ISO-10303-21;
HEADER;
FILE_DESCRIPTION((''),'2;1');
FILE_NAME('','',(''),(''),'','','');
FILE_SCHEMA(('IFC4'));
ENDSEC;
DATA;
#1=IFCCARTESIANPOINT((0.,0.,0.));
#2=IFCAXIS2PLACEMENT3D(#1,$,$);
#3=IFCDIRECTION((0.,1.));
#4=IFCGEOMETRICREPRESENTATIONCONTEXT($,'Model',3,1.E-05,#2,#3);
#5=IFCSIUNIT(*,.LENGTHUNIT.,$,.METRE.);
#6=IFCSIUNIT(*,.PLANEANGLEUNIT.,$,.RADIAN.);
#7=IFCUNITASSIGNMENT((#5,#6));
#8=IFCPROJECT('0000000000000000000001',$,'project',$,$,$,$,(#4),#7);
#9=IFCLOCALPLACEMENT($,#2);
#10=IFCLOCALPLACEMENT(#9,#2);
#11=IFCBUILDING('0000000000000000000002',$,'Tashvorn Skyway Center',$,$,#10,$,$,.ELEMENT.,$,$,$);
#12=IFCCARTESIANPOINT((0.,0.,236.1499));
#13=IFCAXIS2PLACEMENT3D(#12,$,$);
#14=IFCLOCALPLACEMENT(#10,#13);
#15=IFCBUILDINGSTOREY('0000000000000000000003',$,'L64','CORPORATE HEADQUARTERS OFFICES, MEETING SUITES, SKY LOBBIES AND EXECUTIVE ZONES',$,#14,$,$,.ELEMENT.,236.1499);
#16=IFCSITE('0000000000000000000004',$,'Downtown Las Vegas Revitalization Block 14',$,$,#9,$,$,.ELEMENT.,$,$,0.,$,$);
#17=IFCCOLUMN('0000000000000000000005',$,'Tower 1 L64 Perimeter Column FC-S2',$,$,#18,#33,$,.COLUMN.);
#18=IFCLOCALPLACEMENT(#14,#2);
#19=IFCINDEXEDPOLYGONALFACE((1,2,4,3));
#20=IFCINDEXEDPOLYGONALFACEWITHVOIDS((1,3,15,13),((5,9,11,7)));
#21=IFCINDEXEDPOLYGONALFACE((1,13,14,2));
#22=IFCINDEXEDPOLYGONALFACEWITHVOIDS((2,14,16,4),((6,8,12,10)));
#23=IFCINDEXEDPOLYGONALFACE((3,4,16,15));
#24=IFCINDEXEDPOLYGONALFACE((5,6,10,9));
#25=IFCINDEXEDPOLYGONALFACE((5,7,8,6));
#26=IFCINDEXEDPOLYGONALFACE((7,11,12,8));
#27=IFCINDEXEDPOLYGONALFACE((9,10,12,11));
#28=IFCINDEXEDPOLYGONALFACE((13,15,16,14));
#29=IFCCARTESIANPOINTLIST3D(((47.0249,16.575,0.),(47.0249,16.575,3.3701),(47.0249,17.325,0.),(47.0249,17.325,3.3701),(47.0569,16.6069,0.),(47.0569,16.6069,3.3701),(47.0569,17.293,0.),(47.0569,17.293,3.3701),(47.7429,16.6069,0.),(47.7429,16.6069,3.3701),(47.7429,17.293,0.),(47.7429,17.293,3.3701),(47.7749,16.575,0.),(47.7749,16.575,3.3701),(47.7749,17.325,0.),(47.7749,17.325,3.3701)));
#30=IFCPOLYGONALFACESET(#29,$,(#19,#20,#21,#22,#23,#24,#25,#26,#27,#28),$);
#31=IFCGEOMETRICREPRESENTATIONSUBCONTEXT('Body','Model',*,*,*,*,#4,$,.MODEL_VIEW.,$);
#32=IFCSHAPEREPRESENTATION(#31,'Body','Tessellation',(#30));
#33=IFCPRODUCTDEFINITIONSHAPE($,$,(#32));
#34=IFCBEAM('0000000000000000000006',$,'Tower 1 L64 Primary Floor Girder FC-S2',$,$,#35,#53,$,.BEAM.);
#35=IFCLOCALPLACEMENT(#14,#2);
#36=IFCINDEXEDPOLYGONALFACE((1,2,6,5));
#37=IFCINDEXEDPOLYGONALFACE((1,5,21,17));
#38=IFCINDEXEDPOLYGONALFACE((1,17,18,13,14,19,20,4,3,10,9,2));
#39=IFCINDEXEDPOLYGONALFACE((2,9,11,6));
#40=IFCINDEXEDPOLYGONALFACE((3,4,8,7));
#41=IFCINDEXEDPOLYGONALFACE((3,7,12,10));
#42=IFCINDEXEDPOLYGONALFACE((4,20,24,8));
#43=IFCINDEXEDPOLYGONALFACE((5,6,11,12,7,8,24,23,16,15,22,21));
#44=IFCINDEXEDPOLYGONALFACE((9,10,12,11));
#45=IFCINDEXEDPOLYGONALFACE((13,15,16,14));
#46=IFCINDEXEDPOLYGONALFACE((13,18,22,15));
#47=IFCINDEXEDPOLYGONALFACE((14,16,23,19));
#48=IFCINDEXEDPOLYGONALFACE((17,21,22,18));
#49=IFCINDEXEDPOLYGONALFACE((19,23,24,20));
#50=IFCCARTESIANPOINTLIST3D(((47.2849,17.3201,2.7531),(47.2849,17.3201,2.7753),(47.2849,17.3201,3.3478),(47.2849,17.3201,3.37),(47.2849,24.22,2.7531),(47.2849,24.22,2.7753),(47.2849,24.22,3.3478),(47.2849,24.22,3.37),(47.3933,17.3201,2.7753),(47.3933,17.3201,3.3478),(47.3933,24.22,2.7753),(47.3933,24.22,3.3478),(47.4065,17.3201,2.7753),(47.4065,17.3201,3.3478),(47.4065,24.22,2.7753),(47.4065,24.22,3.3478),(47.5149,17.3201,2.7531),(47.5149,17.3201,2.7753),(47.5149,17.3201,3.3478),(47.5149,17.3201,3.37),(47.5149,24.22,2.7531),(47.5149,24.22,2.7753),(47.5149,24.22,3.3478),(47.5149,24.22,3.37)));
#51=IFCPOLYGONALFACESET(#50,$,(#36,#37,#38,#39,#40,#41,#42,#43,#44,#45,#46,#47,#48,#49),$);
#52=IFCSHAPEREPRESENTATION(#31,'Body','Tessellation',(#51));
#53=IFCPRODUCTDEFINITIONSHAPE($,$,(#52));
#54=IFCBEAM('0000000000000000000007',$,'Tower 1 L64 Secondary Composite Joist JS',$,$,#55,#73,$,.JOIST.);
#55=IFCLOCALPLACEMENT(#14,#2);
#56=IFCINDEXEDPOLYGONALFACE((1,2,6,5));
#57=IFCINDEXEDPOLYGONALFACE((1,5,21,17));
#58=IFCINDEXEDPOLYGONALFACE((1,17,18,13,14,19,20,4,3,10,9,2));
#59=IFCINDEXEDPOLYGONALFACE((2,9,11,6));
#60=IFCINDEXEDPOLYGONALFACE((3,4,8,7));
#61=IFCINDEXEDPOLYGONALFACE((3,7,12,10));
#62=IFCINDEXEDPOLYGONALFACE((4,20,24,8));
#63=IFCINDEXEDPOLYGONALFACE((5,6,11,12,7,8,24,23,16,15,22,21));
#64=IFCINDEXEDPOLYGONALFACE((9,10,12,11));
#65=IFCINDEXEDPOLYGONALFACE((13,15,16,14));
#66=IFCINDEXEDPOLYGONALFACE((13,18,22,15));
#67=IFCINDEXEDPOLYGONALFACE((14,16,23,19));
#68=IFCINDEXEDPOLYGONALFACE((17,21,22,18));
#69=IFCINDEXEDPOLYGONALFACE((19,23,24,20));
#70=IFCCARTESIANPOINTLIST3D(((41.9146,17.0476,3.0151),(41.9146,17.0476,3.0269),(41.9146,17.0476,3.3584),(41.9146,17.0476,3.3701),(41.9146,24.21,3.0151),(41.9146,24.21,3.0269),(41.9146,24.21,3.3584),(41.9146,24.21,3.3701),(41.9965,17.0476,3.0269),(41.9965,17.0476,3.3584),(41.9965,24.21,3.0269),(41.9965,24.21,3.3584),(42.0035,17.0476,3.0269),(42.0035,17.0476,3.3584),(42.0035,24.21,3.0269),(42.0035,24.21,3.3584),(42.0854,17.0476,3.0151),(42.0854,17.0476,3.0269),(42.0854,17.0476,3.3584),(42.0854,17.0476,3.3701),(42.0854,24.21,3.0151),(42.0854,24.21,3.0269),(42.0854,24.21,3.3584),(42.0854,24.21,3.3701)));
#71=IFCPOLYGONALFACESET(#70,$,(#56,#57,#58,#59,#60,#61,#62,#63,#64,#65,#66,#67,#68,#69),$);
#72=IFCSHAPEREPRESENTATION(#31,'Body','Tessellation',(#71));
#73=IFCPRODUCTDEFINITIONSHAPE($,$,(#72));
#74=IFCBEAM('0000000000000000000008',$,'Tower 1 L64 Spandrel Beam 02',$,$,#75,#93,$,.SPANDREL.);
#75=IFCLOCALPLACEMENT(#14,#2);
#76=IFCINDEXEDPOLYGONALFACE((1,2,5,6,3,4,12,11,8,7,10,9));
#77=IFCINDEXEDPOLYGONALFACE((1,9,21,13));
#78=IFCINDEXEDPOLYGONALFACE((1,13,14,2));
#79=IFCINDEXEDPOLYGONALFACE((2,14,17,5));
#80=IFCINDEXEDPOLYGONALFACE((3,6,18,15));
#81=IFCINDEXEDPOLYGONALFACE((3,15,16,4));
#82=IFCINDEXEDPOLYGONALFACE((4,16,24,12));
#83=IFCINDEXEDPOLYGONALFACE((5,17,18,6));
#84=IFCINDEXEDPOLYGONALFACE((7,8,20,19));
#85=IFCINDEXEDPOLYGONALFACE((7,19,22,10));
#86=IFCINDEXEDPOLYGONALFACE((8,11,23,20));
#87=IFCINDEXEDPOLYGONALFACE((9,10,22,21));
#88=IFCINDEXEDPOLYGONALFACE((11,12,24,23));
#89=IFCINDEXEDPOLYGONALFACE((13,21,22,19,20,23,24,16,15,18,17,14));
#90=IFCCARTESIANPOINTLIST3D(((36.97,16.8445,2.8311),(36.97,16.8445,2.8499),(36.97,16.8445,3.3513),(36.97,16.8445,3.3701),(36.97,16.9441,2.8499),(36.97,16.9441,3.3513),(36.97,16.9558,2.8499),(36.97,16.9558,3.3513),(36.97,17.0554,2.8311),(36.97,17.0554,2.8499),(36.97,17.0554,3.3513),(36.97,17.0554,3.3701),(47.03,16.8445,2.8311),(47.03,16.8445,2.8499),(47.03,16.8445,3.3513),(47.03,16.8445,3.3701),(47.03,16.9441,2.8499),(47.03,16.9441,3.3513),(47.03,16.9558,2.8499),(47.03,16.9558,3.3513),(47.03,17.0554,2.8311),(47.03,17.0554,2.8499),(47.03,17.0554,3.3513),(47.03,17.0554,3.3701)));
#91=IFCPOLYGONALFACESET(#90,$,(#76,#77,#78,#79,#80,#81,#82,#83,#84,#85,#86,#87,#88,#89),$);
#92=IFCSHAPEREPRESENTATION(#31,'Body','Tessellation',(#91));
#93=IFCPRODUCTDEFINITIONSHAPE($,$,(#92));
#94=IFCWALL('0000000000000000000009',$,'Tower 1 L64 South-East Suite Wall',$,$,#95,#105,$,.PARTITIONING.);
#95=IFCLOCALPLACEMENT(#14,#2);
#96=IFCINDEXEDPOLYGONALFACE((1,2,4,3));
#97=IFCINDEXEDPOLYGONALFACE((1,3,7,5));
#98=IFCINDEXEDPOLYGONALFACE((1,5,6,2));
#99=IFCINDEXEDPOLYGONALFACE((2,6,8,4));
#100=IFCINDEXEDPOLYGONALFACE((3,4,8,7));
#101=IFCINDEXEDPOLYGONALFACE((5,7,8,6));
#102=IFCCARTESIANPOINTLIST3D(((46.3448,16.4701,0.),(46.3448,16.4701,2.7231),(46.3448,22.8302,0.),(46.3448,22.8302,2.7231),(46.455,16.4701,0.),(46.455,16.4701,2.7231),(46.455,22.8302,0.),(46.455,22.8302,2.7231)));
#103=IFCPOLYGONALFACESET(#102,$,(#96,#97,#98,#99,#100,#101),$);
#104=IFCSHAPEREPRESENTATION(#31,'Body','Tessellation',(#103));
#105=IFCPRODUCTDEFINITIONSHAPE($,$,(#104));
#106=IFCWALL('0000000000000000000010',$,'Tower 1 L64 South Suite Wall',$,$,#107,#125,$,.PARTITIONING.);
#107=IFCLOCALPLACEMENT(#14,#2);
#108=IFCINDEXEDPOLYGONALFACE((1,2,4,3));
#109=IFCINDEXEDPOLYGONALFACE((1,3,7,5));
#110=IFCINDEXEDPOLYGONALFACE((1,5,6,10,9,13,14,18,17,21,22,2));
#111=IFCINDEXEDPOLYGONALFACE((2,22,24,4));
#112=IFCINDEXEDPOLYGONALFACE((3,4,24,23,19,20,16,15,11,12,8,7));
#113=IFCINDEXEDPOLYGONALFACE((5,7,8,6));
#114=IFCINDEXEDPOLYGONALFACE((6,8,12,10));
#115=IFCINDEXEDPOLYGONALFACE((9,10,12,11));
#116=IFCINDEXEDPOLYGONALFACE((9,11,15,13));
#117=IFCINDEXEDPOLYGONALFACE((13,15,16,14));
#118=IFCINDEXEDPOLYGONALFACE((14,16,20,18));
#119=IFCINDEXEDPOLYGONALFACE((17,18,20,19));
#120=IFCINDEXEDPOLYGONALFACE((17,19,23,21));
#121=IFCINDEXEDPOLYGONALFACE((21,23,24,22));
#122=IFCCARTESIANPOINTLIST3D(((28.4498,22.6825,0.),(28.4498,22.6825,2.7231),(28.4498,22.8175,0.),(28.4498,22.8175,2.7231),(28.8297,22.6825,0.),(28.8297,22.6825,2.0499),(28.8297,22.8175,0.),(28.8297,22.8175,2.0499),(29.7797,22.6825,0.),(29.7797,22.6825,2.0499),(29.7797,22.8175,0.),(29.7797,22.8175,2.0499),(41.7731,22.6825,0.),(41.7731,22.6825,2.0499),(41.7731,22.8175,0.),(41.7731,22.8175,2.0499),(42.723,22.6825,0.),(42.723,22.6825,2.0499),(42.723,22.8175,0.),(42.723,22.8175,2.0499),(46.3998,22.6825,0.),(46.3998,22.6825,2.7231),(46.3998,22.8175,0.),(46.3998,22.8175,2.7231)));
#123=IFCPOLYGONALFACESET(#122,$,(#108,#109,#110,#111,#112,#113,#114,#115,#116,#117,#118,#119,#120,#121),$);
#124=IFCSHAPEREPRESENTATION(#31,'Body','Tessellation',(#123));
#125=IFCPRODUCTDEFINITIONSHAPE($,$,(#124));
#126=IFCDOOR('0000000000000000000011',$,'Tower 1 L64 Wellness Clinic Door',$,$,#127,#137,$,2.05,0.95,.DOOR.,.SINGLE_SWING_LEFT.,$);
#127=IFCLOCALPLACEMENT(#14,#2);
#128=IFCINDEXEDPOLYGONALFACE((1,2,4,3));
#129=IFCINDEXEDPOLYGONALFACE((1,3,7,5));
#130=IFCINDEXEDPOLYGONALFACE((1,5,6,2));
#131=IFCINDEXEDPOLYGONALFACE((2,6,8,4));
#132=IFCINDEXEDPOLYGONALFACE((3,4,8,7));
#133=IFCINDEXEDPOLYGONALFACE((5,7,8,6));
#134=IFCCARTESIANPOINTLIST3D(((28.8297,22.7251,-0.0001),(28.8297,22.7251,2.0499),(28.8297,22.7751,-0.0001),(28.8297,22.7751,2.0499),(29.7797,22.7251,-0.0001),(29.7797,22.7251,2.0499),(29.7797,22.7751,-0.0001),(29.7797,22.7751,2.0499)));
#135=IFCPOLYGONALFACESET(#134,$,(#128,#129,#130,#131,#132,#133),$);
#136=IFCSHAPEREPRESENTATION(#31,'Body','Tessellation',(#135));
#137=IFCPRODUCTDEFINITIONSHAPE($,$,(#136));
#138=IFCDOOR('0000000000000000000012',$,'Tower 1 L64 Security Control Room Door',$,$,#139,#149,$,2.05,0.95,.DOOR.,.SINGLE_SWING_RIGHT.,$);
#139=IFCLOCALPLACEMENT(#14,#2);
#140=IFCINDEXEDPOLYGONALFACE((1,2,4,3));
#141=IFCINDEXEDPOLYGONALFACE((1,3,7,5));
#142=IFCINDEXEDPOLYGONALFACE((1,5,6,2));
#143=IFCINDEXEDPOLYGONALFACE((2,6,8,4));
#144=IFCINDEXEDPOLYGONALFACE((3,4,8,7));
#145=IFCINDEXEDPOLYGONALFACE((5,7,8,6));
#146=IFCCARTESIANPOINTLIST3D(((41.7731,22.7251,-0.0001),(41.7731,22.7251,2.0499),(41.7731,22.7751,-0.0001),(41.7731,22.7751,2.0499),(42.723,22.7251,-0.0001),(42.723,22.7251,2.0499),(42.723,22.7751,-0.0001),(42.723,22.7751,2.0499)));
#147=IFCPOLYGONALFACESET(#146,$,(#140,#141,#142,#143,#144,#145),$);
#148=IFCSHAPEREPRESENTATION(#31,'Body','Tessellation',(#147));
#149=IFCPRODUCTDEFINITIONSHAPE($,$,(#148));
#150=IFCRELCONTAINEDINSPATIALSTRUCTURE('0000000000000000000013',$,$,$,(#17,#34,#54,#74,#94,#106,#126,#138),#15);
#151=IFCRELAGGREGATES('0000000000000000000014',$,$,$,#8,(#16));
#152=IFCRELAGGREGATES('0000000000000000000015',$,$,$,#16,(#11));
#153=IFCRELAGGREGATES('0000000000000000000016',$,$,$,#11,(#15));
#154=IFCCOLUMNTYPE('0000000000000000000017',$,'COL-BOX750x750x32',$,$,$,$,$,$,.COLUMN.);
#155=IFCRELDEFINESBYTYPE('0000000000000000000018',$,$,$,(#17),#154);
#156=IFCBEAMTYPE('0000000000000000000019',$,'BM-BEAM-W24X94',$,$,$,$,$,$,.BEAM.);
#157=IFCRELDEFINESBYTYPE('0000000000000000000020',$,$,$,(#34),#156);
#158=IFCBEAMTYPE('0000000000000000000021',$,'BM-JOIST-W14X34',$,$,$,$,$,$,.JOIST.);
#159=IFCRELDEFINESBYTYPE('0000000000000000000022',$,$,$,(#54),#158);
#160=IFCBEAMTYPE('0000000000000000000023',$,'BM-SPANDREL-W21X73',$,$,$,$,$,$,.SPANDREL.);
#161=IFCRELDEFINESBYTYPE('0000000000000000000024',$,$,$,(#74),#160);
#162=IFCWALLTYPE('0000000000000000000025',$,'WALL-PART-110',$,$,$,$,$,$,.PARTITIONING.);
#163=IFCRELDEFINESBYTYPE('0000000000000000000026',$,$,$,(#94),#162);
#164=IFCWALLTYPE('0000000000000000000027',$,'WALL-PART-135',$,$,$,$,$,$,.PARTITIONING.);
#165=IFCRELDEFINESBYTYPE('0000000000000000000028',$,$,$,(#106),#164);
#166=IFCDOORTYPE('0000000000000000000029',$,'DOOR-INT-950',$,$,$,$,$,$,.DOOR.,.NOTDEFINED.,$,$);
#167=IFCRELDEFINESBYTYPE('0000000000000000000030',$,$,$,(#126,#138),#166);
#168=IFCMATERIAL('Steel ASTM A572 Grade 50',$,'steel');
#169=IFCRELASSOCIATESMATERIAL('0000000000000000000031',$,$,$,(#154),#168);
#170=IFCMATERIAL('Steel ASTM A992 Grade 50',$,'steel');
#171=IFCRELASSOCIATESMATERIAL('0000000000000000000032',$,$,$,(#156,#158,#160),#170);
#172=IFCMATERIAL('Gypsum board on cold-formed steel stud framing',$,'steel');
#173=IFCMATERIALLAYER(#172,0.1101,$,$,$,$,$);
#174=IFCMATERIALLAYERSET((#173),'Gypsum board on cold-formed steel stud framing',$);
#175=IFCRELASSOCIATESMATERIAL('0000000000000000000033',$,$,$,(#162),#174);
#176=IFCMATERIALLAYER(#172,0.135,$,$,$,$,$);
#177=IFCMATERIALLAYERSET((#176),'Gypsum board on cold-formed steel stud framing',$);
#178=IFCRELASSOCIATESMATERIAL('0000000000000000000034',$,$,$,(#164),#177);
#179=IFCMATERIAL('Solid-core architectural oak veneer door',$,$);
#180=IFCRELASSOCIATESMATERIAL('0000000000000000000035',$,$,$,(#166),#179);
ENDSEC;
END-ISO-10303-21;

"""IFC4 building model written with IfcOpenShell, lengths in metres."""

from ifc_helpers import new_model, si_unit, direction, frame, frame_2d, origin, origin_2d, place, context, subcontext, project, spatial, rectangle, hollow_rectangle, i_section, extrude, material, layer, layer_set, material_profile, profile_set, type_object, element, fill, save


model = new_model("IFC4")

# Units and contexts
model_context = context("Model", 3, precision=1e-05, world=origin(), true_north=direction((0.0, 1.0)))
body_context = subcontext(model_context, "Body", "Model", "MODEL_VIEW")
ifc_project = project(units=[si_unit("LENGTHUNIT", "METRE"), si_unit("PLANEANGLEUNIT", "RADIAN")], contexts=[model_context])

# Site, building, storey
site_placement = place(None, origin())
site = spatial("IfcSite", under=ifc_project, at=site_placement, Name="Downtown Las Vegas Revitalization Block 14", CompositionType="ELEMENT", RefElevation=0.0)
building_placement = place(site_placement, origin())
building = spatial("IfcBuilding", under=site, at=building_placement, Name="Tashvorn Skyway Center", CompositionType="ELEMENT")
storey_placement = place(building_placement, frame((0.0, 0.0, 236.1499)))
storey = spatial("IfcBuildingStorey", under=building, at=storey_placement, Name="L64", Description="CORPORATE HEADQUARTERS OFFICES, MEETING SUITES, SKY LOBBIES AND EXECUTIVE ZONES", CompositionType="ELEMENT", Elevation=236.1499)

# Column
ifc_material_1 = material(Name="Steel ASTM A572 Grade 50", Category="steel")
ifc_material_profile_1 = material_profile(ifc_material_1, hollow_rectangle(XDim=0.75, YDim=0.75, WallThickness=0.032, at=origin_2d()), Name="BOX750x750x32")
ifc_profile_set_1 = profile_set([ifc_material_profile_1], Name="Steel ASTM A572 Grade 50")
column_type = type_object("IfcColumnType", Name="COL-BOX750x750x32", PredefinedType="COLUMN", material=ifc_profile_set_1)
column_placement = place(storey_placement, frame((47.3999, 16.95, 0.0), z_axis=(0.0, 0.0, 1.0), x_axis=(1.0, 0.0, 0.0)))
element("IfcColumn", 1, at=column_placement, inside=storey, type_object=column_type, Name="Tower 1 L64 Perimeter Column FC-S2", PredefinedType="COLUMN", context=body_context, shape_type="SweptSolid", body=[
    extrude(hollow_rectangle(XDim=0.75, YDim=0.75, WallThickness=0.032, at=origin_2d()), origin(), (0.0, 0.0, 1.0), 3.3701),
])

# Beams
ifc_material_2 = material(Name="Steel ASTM A992 Grade 50", Category="steel")
ifc_material_profile_2 = material_profile(ifc_material_2, i_section(OverallWidth=0.23, OverallDepth=0.6169, WebThickness=0.0132, FlangeThickness=0.0222, at=origin_2d()), Name="W24X94")
ifc_profile_set_2 = profile_set([ifc_material_profile_2], Name="Steel ASTM A992 Grade 50")
beam_type_1 = type_object("IfcBeamType", Name="BM-BEAM-W24X94", PredefinedType="BEAM", material=ifc_profile_set_2)
beam_1_placement = place(storey_placement, frame((47.3999, 17.3201, 3.0615), z_axis=(0.0, 1.0, 0.0), x_axis=(-1.0, 0.0, 0.0)))
element("IfcBeam", 2, at=beam_1_placement, inside=storey, type_object=beam_type_1, Name="Tower 1 L64 Primary Floor Girder FC-S2", PredefinedType="BEAM", context=body_context, shape_type="SweptSolid", body=[
    extrude(i_section(OverallWidth=0.23, OverallDepth=0.6169, WebThickness=0.0132, FlangeThickness=0.0222, at=origin_2d()), origin(), (0.0, 0.0, 1.0), 6.8999),
])
ifc_material_profile_3 = material_profile(ifc_material_2, i_section(OverallWidth=0.1709, OverallDepth=0.355, WebThickness=0.0071, FlangeThickness=0.0117, at=origin_2d()), Name="W14X34")
ifc_profile_set_3 = profile_set([ifc_material_profile_3], Name="Steel ASTM A992 Grade 50")
beam_type_2 = type_object("IfcBeamType", Name="BM-JOIST-W14X34", PredefinedType="JOIST", material=ifc_profile_set_3)
beam_2_placement = place(storey_placement, frame((42.0, 24.21, 3.1926), z_axis=(0.0, -1.0, 0.0), x_axis=(1.0, 0.0, 0.0)))
element("IfcBeam", 3, at=beam_2_placement, inside=storey, type_object=beam_type_2, Name="Tower 1 L64 Secondary Composite Joist JS", PredefinedType="JOIST", context=body_context, shape_type="SweptSolid", body=[
    extrude(i_section(OverallWidth=0.1709, OverallDepth=0.355, WebThickness=0.0071, FlangeThickness=0.0117, at=origin_2d()), origin(), (0.0, 0.0, 1.0), 7.1624),
])
ifc_material_profile_4 = material_profile(ifc_material_2, i_section(OverallWidth=0.2109, OverallDepth=0.5391, WebThickness=0.0117, FlangeThickness=0.0188, at=origin_2d()), Name="W21X73")
ifc_profile_set_4 = profile_set([ifc_material_profile_4], Name="Steel ASTM A992 Grade 50")
beam_type_3 = type_object("IfcBeamType", Name="BM-SPANDREL-W21X73", PredefinedType="SPANDREL", material=ifc_profile_set_4)
beam_3_placement = place(storey_placement, frame((36.97, 16.95, 3.1006), z_axis=(1.0, 0.0, 0.0), x_axis=(0.0, 1.0, 0.0)))
element("IfcBeam", 4, at=beam_3_placement, inside=storey, type_object=beam_type_3, Name="Tower 1 L64 Spandrel Beam 02", PredefinedType="SPANDREL", context=body_context, shape_type="SweptSolid", body=[
    extrude(i_section(OverallWidth=0.2109, OverallDepth=0.5391, WebThickness=0.0117, FlangeThickness=0.0188, at=origin_2d()), origin(), (0.0, 0.0, 1.0), 10.0601),
])

# Wall
ifc_material_3 = material(Name="Gypsum board on cold-formed steel stud framing", Category="steel")
ifc_layer_1 = layer(ifc_material_3, 0.1101)
ifc_layer_set_1 = layer_set([ifc_layer_1], Name="Gypsum board on cold-formed steel stud framing")
wall_type_1 = type_object("IfcWallType", Name="WALL-PART-110", PredefinedType="PARTITIONING", material=ifc_layer_set_1)
wall_1_placement = place(storey_placement, frame((46.3999, 16.47, 0.0), z_axis=(0.0, 0.0, 1.0), x_axis=(0.0, 1.0, 0.0)))
element("IfcWall", 5, at=wall_1_placement, inside=storey, type_object=wall_type_1, Name="Tower 1 L64 South-East Suite Wall", PredefinedType="PARTITIONING", context=body_context, shape_type="SweptSolid", body=[
    extrude(rectangle(XDim=6.3601, YDim=0.1101, at=frame_2d((3.1802, 0.0))), origin(), (0.0, 0.0, 1.0), 2.7231),
])

# Wall, openings, doors
ifc_layer_2 = layer(ifc_material_3, 0.135)
ifc_layer_set_2 = layer_set([ifc_layer_2], Name="Gypsum board on cold-formed steel stud framing")
wall_type_2 = type_object("IfcWallType", Name="WALL-PART-135", PredefinedType="PARTITIONING", material=ifc_layer_set_2)
wall_2_placement = place(storey_placement, frame((46.3999, 22.75, 0.0), z_axis=(0.0, 0.0, 1.0), x_axis=(-1.0, 0.0, 0.0)))
wall_2 = element("IfcWall", 6, at=wall_2_placement, inside=storey, type_object=wall_type_2, Name="Tower 1 L64 South Suite Wall", PredefinedType="PARTITIONING", context=body_context, shape_type="SweptSolid", body=[
    extrude(rectangle(XDim=17.95, YDim=0.135, at=frame_2d((8.9751, 0.0))), origin(), (0.0, 0.0, 1.0), 2.7231),
])
opening_1_placement = place(wall_2_placement, frame((16.6201, 0.0, 0.0)))
opening_1 = element("IfcOpeningElement", 7, at=opening_1_placement, cuts=wall_2, PredefinedType="OPENING", context=body_context, shape_type="SweptSolid", body=[
    extrude(rectangle(XDim=0.95, YDim=2.05, at=frame_2d((0.4751, 1.0249))), frame((0.0, 0.0774, 0.0), z_axis=(0.0, -1.0, 0.0), x_axis=(1.0, 0.0, 0.0)), (0.0, 0.0, 1.0), 0.155),
])
opening_2_placement = place(wall_2_placement, frame((3.6768, 0.0, 0.0)))
opening_2 = element("IfcOpeningElement", 8, at=opening_2_placement, cuts=wall_2, PredefinedType="OPENING", context=body_context, shape_type="SweptSolid", body=[
    extrude(rectangle(XDim=0.95, YDim=2.05, at=frame_2d((0.4751, 1.0249))), frame((0.0, 0.0774, 0.0), z_axis=(0.0, -1.0, 0.0), x_axis=(1.0, 0.0, 0.0)), (0.0, 0.0, 1.0), 0.155),
])
ifc_material_4 = material(Name="Solid-core architectural oak veneer door")
door_type_1 = type_object("IfcDoorType", Name="DOOR-INT-950", OperationType="NOTDEFINED", PredefinedType="DOOR", material=ifc_material_4)
door_1_placement = place(opening_1_placement, origin())
door_1 = element("IfcDoor", 9, at=door_1_placement, inside=storey, type_object=door_type_1, Name="Tower 1 L64 Wellness Clinic Door", OperationType="SINGLE_SWING_LEFT", OverallHeight=2.05, OverallWidth=0.95, PredefinedType="DOOR", context=body_context, shape_type="SweptSolid", body=[
    extrude(rectangle(XDim=0.95, YDim=2.05, at=frame_2d((0.4751, 1.0249))), frame((0.0, 0.0249, 0.0), z_axis=(0.0, -1.0, 0.0), x_axis=(1.0, 0.0, 0.0)), (0.0, 0.0, 1.0), 0.05),
])
fill(opening_1, door_1)
door_2_placement = place(opening_2_placement, origin())
door_2 = element("IfcDoor", 10, at=door_2_placement, inside=storey, type_object=door_type_1, Name="Tower 1 L64 Security Control Room Door", OperationType="SINGLE_SWING_RIGHT", OverallHeight=2.05, OverallWidth=0.95, PredefinedType="DOOR", context=body_context, shape_type="SweptSolid", body=[
    extrude(rectangle(XDim=0.95, YDim=2.05, at=frame_2d((0.4751, 1.0249))), frame((0.0, 0.0249, 0.0), z_axis=(0.0, -1.0, 0.0), x_axis=(1.0, 0.0, 0.0)), (0.0, 0.0, 1.0), 0.05),
])
fill(opening_2, door_2)

save(model, "model.ifc")
